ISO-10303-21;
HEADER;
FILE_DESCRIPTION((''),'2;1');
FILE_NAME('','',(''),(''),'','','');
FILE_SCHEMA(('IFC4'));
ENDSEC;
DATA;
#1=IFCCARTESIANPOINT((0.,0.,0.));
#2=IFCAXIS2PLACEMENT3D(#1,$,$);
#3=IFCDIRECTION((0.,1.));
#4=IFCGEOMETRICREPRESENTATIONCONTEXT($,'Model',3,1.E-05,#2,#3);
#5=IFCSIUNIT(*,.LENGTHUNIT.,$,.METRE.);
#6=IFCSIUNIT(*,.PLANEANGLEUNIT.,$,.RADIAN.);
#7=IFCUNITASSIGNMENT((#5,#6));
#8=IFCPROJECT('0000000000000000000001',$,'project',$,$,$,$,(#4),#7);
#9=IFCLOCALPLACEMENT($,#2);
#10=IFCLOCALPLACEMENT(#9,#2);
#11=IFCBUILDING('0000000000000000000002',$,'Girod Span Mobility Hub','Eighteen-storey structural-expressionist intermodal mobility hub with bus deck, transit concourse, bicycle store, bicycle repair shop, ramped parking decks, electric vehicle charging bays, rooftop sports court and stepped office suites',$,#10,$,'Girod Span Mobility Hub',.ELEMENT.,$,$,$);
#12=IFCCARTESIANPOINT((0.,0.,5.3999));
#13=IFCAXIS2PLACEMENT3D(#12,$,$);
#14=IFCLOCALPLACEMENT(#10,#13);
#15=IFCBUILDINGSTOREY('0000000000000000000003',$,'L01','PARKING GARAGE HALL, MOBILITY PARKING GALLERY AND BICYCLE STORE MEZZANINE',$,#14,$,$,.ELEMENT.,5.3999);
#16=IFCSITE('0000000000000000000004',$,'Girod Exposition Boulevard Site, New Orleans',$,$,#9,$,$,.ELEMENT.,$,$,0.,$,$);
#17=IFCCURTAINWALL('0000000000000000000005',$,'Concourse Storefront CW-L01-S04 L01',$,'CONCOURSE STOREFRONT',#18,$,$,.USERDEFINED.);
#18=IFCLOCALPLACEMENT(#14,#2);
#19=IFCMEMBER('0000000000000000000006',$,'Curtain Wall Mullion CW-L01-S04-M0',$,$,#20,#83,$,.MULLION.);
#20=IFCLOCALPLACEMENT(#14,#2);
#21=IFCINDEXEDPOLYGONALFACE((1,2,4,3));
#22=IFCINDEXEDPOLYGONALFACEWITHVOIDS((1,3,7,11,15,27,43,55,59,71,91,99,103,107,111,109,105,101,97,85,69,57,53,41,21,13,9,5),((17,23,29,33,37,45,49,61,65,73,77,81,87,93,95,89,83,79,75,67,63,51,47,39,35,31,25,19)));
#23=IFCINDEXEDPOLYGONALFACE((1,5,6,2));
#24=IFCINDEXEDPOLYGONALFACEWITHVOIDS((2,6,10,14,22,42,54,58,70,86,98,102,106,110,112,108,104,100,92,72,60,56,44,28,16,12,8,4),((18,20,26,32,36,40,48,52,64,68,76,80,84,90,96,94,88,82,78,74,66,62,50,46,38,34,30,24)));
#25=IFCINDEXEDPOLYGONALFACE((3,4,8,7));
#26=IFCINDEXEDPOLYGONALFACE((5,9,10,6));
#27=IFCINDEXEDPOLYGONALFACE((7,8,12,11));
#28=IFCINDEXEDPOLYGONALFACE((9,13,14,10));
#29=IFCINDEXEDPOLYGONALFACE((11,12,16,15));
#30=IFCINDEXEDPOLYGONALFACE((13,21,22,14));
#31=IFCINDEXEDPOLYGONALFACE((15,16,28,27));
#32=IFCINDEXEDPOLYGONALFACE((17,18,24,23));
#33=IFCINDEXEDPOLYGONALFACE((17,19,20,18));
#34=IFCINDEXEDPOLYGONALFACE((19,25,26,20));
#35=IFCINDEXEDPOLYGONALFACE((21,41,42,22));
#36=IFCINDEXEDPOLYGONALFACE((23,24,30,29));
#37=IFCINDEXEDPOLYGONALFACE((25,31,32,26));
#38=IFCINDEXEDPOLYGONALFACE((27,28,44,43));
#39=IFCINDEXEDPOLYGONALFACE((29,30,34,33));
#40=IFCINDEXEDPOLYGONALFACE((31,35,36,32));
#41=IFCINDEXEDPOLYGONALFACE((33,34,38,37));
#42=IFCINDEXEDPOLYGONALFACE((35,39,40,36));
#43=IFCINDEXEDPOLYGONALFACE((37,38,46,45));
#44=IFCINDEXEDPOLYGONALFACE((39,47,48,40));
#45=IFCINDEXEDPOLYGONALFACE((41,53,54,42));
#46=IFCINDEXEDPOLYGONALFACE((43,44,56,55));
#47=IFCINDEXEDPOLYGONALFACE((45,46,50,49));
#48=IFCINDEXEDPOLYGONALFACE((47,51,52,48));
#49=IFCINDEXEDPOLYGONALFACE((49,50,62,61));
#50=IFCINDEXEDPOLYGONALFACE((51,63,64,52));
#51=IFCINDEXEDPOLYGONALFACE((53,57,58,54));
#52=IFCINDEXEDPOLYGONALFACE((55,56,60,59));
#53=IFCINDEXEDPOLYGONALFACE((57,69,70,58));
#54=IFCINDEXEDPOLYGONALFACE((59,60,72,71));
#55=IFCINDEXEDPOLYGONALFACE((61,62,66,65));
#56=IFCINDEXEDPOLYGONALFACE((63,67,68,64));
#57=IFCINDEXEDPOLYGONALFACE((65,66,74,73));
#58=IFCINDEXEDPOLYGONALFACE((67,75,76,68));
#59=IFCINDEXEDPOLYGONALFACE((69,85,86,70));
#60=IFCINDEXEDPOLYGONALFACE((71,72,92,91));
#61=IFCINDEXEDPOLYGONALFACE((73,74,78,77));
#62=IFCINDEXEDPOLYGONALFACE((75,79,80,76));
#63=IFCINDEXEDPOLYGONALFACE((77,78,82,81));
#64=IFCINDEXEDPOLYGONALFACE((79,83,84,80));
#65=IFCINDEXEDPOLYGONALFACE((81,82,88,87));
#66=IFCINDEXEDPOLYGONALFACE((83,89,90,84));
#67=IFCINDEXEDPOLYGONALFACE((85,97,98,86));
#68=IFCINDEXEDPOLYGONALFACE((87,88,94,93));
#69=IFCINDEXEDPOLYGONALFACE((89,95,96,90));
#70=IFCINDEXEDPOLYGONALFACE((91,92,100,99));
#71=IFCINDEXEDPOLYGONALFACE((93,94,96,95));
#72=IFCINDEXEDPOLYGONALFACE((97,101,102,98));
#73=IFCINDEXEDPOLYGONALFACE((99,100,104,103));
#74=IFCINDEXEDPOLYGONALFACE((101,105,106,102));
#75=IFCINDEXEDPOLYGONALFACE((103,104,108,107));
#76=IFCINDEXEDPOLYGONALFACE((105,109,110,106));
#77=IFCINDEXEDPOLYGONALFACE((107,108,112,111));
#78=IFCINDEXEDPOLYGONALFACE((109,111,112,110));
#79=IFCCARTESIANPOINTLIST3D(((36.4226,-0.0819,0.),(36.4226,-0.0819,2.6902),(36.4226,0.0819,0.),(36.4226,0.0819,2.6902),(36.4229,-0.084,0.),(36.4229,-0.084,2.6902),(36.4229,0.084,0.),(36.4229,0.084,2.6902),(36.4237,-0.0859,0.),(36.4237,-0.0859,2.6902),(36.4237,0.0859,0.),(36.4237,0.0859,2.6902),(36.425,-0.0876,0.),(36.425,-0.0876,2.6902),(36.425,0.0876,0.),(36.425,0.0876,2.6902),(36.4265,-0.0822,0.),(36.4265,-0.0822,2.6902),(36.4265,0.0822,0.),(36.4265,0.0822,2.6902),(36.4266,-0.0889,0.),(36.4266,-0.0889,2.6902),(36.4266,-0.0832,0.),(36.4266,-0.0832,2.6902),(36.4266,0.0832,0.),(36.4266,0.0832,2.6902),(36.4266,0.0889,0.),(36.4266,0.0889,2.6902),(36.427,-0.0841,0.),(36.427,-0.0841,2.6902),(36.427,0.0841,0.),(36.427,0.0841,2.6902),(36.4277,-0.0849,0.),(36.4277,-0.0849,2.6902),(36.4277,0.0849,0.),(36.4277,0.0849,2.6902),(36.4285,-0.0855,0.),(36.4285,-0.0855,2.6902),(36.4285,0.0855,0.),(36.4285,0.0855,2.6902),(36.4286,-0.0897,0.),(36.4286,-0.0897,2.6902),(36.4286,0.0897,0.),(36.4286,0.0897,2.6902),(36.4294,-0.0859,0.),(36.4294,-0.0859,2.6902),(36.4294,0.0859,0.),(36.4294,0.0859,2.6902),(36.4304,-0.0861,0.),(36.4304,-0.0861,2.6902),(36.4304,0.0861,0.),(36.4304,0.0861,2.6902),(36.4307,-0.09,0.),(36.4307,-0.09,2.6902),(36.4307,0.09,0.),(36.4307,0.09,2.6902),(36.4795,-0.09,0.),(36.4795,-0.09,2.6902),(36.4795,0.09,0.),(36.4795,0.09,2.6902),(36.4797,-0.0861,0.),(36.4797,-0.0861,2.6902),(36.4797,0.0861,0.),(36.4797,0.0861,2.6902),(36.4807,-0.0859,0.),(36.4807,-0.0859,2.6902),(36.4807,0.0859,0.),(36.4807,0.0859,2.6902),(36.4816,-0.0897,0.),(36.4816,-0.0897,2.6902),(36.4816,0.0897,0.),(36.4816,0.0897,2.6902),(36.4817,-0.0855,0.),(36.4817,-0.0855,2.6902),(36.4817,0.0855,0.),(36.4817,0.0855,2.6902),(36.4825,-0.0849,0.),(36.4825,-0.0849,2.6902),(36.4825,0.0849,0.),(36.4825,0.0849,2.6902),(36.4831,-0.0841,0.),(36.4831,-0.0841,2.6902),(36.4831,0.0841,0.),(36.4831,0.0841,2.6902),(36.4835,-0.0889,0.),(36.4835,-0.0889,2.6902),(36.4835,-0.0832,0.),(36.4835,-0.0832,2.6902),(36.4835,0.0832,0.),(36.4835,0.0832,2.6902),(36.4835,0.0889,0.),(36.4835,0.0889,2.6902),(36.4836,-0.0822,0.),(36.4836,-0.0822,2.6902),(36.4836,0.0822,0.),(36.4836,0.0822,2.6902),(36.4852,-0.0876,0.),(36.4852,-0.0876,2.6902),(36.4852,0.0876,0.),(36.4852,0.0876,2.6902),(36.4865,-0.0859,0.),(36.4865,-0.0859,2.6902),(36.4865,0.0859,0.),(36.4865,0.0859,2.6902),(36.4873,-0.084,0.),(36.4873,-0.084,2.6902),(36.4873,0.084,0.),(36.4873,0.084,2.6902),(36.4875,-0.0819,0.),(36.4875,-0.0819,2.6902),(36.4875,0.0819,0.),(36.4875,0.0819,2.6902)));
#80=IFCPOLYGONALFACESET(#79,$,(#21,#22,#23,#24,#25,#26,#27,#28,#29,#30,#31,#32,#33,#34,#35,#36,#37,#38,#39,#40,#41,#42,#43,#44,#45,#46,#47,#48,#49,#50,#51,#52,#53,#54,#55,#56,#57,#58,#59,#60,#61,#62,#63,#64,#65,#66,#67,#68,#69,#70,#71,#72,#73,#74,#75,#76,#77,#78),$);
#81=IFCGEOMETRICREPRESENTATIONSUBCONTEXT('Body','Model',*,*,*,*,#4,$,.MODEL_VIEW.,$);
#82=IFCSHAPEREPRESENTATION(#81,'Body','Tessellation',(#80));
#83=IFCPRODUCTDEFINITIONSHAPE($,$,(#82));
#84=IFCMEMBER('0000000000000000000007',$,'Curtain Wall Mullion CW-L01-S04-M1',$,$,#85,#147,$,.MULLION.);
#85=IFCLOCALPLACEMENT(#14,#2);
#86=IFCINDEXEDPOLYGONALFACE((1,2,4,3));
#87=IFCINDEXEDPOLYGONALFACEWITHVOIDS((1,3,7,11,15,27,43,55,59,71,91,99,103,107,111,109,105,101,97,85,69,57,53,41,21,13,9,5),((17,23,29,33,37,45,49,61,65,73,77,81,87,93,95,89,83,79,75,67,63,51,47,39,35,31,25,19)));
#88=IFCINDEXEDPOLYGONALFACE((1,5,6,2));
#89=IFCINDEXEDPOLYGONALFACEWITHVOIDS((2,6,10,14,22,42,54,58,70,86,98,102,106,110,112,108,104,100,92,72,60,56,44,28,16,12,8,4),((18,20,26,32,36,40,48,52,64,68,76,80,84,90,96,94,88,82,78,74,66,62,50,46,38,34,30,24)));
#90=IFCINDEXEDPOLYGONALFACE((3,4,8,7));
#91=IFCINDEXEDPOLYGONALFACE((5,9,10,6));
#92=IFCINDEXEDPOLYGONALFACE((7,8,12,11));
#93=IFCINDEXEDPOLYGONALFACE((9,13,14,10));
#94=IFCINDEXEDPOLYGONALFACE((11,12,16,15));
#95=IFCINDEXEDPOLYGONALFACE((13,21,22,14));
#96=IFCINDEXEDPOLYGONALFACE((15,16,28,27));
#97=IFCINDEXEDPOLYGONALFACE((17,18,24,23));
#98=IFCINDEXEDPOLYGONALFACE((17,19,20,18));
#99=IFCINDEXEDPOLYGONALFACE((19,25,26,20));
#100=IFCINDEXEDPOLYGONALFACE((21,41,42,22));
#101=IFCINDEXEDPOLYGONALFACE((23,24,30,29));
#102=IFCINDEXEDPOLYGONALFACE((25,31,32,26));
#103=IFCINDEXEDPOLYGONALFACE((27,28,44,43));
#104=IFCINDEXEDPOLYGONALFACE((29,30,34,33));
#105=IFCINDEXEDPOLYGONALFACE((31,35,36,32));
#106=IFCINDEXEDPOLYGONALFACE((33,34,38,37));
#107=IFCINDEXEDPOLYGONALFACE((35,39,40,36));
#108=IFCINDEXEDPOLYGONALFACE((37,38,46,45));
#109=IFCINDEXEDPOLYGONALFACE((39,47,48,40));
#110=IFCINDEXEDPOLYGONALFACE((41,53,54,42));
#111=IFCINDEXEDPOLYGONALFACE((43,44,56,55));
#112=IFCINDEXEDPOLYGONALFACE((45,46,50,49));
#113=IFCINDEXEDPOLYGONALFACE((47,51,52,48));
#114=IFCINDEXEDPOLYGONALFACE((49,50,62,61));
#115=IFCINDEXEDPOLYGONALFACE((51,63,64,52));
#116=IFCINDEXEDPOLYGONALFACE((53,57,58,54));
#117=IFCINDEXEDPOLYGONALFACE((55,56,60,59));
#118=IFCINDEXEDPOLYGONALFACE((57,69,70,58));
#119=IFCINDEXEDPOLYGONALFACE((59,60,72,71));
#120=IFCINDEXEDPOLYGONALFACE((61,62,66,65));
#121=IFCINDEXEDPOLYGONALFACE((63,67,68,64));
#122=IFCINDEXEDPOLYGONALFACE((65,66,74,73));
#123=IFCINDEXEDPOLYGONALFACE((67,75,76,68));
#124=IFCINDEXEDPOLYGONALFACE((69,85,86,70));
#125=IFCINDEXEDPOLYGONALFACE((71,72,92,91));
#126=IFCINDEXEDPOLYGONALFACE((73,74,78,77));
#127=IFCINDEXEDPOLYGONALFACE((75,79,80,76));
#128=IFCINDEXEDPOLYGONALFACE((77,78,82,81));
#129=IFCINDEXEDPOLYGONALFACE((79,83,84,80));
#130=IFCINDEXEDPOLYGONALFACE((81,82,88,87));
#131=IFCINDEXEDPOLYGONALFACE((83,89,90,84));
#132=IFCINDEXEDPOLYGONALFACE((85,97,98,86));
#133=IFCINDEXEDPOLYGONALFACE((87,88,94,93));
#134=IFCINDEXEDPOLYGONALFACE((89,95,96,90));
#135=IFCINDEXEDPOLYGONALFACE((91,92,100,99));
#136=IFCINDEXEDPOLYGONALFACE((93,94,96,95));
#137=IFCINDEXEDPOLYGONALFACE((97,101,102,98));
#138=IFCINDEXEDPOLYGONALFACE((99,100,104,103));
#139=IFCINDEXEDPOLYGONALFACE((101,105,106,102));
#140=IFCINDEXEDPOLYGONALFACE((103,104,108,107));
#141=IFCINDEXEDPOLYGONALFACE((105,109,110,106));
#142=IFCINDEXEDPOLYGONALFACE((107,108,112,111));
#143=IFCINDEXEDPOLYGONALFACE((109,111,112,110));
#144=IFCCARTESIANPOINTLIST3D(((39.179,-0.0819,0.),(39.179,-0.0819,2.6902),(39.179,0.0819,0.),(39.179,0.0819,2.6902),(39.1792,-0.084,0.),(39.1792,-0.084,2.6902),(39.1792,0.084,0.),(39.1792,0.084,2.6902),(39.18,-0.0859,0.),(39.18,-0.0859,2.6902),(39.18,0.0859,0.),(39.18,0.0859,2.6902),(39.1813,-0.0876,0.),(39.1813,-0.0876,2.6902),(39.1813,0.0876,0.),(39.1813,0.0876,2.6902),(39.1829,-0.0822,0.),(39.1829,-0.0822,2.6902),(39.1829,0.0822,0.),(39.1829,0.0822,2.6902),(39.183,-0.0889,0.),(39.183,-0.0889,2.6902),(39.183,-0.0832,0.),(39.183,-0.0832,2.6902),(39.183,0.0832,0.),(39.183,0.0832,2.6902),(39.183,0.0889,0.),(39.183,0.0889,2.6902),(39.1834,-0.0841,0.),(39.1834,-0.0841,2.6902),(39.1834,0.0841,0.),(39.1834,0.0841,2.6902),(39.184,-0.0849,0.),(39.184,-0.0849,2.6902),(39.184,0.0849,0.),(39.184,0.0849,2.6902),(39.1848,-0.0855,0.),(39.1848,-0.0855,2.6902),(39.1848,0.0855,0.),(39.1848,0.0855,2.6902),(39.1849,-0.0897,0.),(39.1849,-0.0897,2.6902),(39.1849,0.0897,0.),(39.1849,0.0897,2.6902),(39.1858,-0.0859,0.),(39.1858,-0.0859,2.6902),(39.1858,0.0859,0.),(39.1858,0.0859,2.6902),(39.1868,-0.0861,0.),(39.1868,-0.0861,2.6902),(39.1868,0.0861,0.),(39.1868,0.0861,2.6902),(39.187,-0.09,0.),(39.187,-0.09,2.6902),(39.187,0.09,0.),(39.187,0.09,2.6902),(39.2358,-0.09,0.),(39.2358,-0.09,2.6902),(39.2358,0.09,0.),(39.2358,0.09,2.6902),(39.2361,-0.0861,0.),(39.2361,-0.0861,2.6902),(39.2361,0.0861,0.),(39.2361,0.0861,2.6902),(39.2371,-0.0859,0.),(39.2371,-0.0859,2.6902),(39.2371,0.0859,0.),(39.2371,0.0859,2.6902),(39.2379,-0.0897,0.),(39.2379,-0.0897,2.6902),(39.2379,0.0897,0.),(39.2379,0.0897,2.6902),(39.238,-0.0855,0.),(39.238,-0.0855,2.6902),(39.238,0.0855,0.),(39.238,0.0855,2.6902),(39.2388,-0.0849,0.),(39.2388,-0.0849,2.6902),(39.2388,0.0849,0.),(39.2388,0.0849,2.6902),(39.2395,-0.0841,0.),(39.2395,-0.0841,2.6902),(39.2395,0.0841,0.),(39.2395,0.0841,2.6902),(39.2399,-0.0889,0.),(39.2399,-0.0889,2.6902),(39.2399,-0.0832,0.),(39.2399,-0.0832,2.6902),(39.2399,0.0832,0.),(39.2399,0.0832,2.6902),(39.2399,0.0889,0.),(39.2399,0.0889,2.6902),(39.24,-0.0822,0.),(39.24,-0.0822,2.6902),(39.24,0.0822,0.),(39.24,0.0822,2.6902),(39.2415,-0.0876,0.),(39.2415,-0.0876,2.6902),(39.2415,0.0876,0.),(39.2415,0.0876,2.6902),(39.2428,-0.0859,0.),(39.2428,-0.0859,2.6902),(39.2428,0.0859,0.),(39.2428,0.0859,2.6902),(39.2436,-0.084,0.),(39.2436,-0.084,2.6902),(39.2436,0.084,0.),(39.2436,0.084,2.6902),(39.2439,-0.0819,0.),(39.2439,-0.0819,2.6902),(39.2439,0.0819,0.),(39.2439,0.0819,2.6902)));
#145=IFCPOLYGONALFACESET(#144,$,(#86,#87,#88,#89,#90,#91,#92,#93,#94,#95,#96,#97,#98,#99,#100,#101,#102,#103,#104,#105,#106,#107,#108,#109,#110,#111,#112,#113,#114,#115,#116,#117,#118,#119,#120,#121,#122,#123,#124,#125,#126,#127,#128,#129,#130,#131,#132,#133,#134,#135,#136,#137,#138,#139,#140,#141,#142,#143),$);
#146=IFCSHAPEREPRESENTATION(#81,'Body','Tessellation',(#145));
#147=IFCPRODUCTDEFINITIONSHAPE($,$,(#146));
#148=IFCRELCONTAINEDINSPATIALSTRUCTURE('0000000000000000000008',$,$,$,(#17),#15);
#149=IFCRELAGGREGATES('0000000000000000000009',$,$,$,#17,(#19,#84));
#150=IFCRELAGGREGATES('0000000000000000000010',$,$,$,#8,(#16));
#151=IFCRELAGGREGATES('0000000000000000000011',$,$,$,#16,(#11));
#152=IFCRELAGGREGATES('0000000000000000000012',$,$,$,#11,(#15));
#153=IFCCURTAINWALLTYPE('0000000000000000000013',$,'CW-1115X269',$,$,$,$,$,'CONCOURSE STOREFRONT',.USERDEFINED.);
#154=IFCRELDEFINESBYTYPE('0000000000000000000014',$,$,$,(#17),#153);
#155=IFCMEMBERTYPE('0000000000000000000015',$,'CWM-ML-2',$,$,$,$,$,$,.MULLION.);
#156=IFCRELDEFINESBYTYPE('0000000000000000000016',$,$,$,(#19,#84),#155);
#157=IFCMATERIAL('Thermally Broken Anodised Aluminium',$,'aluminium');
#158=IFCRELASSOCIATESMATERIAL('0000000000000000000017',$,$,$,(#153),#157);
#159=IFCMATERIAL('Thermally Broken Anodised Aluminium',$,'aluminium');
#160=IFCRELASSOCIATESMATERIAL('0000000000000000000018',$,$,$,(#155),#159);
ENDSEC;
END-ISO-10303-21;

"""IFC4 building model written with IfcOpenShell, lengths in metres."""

from ifc_helpers import new_model, si_unit, direction, frame, origin, origin_2d, place, context, subcontext, project, spatial, hollow_rectangle, extrude, material, material_profile, profile_set, type_object, element, aggregate, save


model = new_model("IFC4")

# Units and contexts
model_context = context("Model", 3, precision=1e-05, world=origin(), true_north=direction((0.0, 1.0)))
body_context = subcontext(model_context, "Body", "Model", "MODEL_VIEW")
ifc_project = project(units=[si_unit("LENGTHUNIT", "METRE"), si_unit("PLANEANGLEUNIT", "RADIAN")], contexts=[model_context])

# Site, building, storey
site_placement = place(None, origin())
site = spatial("IfcSite", under=ifc_project, at=site_placement, Name="Girod Exposition Boulevard Site, New Orleans", CompositionType="ELEMENT", RefElevation=0.0)
building_placement = place(site_placement, origin())
building = spatial("IfcBuilding", under=site, at=building_placement, Name="Girod Span Mobility Hub", Description="Eighteen-storey structural-expressionist intermodal mobility hub with bus deck, transit concourse, bicycle store, bicycle repair shop, ramped parking decks, electric vehicle charging bays, rooftop sports court and stepped office suites", LongName="Girod Span Mobility Hub", CompositionType="ELEMENT")
storey_placement = place(building_placement, frame((0.0, 0.0, 5.3999)))
storey = spatial("IfcBuildingStorey", under=building, at=storey_placement, Name="L01", Description="PARKING GARAGE HALL, MOBILITY PARKING GALLERY AND BICYCLE STORE MEZZANINE", CompositionType="ELEMENT", Elevation=5.3999)

# Curtain wall, members
ifc_material_1 = material(Name="Thermally Broken Anodised Aluminium", Category="aluminium")
curtain_wall_type = type_object("IfcCurtainWallType", Name="CW-1115X269", ElementType="CONCOURSE STOREFRONT", PredefinedType="USERDEFINED", material=ifc_material_1)
curtain_wall_placement = place(storey_placement, origin())
curtain_wall = element("IfcCurtainWall", 1, at=curtain_wall_placement, inside=storey, type_object=curtain_wall_type, Name="Concourse Storefront CW-L01-S04 L01", ObjectType="CONCOURSE STOREFRONT", PredefinedType="USERDEFINED")
ifc_material_2 = material(Name="Thermally Broken Anodised Aluminium", Category="aluminium")
ifc_material_profile_1 = material_profile(ifc_material_2, hollow_rectangle(XDim=0.1799, YDim=0.0649, WallThickness=0.0039, InnerFilletRadius=0.0039, OuterFilletRadius=0.0081, at=origin_2d()), Name="CW-ML-65X180")
ifc_profile_set_1 = profile_set([ifc_material_profile_1], Name="Thermally Broken Anodised Aluminium")
member_type_1 = type_object("IfcMemberType", Name="CWM-ML-2", PredefinedType="MULLION", material=ifc_profile_set_1)
member_1_placement = place(storey_placement, frame((36.4551, 0.0, 0.0), z_axis=(0.0, 0.0, 1.0), x_axis=(0.0, 1.0, 0.0)))
member_1 = element("IfcMember", 2, at=member_1_placement, type_object=member_type_1, Name="Curtain Wall Mullion CW-L01-S04-M0", PredefinedType="MULLION", context=body_context, shape_type="SweptSolid", body=[
    extrude(hollow_rectangle(XDim=0.1799, YDim=0.0649, WallThickness=0.0039, InnerFilletRadius=0.0039, OuterFilletRadius=0.0081, at=origin_2d()), origin(), (0.0, 0.0, 1.0), 2.6902),
])
member_2_placement = place(storey_placement, frame((39.2114, 0.0, 0.0), z_axis=(0.0, 0.0, 1.0), x_axis=(0.0, 1.0, 0.0)))
member_2 = element("IfcMember", 3, at=member_2_placement, type_object=member_type_1, Name="Curtain Wall Mullion CW-L01-S04-M1", PredefinedType="MULLION", context=body_context, shape_type="SweptSolid", body=[
    extrude(hollow_rectangle(XDim=0.1799, YDim=0.0649, WallThickness=0.0039, InnerFilletRadius=0.0039, OuterFilletRadius=0.0081, at=origin_2d()), origin(), (0.0, 0.0, 1.0), 2.6902),
])

aggregate(curtain_wall, [member_1, member_2])

save(model, "model.ifc")
